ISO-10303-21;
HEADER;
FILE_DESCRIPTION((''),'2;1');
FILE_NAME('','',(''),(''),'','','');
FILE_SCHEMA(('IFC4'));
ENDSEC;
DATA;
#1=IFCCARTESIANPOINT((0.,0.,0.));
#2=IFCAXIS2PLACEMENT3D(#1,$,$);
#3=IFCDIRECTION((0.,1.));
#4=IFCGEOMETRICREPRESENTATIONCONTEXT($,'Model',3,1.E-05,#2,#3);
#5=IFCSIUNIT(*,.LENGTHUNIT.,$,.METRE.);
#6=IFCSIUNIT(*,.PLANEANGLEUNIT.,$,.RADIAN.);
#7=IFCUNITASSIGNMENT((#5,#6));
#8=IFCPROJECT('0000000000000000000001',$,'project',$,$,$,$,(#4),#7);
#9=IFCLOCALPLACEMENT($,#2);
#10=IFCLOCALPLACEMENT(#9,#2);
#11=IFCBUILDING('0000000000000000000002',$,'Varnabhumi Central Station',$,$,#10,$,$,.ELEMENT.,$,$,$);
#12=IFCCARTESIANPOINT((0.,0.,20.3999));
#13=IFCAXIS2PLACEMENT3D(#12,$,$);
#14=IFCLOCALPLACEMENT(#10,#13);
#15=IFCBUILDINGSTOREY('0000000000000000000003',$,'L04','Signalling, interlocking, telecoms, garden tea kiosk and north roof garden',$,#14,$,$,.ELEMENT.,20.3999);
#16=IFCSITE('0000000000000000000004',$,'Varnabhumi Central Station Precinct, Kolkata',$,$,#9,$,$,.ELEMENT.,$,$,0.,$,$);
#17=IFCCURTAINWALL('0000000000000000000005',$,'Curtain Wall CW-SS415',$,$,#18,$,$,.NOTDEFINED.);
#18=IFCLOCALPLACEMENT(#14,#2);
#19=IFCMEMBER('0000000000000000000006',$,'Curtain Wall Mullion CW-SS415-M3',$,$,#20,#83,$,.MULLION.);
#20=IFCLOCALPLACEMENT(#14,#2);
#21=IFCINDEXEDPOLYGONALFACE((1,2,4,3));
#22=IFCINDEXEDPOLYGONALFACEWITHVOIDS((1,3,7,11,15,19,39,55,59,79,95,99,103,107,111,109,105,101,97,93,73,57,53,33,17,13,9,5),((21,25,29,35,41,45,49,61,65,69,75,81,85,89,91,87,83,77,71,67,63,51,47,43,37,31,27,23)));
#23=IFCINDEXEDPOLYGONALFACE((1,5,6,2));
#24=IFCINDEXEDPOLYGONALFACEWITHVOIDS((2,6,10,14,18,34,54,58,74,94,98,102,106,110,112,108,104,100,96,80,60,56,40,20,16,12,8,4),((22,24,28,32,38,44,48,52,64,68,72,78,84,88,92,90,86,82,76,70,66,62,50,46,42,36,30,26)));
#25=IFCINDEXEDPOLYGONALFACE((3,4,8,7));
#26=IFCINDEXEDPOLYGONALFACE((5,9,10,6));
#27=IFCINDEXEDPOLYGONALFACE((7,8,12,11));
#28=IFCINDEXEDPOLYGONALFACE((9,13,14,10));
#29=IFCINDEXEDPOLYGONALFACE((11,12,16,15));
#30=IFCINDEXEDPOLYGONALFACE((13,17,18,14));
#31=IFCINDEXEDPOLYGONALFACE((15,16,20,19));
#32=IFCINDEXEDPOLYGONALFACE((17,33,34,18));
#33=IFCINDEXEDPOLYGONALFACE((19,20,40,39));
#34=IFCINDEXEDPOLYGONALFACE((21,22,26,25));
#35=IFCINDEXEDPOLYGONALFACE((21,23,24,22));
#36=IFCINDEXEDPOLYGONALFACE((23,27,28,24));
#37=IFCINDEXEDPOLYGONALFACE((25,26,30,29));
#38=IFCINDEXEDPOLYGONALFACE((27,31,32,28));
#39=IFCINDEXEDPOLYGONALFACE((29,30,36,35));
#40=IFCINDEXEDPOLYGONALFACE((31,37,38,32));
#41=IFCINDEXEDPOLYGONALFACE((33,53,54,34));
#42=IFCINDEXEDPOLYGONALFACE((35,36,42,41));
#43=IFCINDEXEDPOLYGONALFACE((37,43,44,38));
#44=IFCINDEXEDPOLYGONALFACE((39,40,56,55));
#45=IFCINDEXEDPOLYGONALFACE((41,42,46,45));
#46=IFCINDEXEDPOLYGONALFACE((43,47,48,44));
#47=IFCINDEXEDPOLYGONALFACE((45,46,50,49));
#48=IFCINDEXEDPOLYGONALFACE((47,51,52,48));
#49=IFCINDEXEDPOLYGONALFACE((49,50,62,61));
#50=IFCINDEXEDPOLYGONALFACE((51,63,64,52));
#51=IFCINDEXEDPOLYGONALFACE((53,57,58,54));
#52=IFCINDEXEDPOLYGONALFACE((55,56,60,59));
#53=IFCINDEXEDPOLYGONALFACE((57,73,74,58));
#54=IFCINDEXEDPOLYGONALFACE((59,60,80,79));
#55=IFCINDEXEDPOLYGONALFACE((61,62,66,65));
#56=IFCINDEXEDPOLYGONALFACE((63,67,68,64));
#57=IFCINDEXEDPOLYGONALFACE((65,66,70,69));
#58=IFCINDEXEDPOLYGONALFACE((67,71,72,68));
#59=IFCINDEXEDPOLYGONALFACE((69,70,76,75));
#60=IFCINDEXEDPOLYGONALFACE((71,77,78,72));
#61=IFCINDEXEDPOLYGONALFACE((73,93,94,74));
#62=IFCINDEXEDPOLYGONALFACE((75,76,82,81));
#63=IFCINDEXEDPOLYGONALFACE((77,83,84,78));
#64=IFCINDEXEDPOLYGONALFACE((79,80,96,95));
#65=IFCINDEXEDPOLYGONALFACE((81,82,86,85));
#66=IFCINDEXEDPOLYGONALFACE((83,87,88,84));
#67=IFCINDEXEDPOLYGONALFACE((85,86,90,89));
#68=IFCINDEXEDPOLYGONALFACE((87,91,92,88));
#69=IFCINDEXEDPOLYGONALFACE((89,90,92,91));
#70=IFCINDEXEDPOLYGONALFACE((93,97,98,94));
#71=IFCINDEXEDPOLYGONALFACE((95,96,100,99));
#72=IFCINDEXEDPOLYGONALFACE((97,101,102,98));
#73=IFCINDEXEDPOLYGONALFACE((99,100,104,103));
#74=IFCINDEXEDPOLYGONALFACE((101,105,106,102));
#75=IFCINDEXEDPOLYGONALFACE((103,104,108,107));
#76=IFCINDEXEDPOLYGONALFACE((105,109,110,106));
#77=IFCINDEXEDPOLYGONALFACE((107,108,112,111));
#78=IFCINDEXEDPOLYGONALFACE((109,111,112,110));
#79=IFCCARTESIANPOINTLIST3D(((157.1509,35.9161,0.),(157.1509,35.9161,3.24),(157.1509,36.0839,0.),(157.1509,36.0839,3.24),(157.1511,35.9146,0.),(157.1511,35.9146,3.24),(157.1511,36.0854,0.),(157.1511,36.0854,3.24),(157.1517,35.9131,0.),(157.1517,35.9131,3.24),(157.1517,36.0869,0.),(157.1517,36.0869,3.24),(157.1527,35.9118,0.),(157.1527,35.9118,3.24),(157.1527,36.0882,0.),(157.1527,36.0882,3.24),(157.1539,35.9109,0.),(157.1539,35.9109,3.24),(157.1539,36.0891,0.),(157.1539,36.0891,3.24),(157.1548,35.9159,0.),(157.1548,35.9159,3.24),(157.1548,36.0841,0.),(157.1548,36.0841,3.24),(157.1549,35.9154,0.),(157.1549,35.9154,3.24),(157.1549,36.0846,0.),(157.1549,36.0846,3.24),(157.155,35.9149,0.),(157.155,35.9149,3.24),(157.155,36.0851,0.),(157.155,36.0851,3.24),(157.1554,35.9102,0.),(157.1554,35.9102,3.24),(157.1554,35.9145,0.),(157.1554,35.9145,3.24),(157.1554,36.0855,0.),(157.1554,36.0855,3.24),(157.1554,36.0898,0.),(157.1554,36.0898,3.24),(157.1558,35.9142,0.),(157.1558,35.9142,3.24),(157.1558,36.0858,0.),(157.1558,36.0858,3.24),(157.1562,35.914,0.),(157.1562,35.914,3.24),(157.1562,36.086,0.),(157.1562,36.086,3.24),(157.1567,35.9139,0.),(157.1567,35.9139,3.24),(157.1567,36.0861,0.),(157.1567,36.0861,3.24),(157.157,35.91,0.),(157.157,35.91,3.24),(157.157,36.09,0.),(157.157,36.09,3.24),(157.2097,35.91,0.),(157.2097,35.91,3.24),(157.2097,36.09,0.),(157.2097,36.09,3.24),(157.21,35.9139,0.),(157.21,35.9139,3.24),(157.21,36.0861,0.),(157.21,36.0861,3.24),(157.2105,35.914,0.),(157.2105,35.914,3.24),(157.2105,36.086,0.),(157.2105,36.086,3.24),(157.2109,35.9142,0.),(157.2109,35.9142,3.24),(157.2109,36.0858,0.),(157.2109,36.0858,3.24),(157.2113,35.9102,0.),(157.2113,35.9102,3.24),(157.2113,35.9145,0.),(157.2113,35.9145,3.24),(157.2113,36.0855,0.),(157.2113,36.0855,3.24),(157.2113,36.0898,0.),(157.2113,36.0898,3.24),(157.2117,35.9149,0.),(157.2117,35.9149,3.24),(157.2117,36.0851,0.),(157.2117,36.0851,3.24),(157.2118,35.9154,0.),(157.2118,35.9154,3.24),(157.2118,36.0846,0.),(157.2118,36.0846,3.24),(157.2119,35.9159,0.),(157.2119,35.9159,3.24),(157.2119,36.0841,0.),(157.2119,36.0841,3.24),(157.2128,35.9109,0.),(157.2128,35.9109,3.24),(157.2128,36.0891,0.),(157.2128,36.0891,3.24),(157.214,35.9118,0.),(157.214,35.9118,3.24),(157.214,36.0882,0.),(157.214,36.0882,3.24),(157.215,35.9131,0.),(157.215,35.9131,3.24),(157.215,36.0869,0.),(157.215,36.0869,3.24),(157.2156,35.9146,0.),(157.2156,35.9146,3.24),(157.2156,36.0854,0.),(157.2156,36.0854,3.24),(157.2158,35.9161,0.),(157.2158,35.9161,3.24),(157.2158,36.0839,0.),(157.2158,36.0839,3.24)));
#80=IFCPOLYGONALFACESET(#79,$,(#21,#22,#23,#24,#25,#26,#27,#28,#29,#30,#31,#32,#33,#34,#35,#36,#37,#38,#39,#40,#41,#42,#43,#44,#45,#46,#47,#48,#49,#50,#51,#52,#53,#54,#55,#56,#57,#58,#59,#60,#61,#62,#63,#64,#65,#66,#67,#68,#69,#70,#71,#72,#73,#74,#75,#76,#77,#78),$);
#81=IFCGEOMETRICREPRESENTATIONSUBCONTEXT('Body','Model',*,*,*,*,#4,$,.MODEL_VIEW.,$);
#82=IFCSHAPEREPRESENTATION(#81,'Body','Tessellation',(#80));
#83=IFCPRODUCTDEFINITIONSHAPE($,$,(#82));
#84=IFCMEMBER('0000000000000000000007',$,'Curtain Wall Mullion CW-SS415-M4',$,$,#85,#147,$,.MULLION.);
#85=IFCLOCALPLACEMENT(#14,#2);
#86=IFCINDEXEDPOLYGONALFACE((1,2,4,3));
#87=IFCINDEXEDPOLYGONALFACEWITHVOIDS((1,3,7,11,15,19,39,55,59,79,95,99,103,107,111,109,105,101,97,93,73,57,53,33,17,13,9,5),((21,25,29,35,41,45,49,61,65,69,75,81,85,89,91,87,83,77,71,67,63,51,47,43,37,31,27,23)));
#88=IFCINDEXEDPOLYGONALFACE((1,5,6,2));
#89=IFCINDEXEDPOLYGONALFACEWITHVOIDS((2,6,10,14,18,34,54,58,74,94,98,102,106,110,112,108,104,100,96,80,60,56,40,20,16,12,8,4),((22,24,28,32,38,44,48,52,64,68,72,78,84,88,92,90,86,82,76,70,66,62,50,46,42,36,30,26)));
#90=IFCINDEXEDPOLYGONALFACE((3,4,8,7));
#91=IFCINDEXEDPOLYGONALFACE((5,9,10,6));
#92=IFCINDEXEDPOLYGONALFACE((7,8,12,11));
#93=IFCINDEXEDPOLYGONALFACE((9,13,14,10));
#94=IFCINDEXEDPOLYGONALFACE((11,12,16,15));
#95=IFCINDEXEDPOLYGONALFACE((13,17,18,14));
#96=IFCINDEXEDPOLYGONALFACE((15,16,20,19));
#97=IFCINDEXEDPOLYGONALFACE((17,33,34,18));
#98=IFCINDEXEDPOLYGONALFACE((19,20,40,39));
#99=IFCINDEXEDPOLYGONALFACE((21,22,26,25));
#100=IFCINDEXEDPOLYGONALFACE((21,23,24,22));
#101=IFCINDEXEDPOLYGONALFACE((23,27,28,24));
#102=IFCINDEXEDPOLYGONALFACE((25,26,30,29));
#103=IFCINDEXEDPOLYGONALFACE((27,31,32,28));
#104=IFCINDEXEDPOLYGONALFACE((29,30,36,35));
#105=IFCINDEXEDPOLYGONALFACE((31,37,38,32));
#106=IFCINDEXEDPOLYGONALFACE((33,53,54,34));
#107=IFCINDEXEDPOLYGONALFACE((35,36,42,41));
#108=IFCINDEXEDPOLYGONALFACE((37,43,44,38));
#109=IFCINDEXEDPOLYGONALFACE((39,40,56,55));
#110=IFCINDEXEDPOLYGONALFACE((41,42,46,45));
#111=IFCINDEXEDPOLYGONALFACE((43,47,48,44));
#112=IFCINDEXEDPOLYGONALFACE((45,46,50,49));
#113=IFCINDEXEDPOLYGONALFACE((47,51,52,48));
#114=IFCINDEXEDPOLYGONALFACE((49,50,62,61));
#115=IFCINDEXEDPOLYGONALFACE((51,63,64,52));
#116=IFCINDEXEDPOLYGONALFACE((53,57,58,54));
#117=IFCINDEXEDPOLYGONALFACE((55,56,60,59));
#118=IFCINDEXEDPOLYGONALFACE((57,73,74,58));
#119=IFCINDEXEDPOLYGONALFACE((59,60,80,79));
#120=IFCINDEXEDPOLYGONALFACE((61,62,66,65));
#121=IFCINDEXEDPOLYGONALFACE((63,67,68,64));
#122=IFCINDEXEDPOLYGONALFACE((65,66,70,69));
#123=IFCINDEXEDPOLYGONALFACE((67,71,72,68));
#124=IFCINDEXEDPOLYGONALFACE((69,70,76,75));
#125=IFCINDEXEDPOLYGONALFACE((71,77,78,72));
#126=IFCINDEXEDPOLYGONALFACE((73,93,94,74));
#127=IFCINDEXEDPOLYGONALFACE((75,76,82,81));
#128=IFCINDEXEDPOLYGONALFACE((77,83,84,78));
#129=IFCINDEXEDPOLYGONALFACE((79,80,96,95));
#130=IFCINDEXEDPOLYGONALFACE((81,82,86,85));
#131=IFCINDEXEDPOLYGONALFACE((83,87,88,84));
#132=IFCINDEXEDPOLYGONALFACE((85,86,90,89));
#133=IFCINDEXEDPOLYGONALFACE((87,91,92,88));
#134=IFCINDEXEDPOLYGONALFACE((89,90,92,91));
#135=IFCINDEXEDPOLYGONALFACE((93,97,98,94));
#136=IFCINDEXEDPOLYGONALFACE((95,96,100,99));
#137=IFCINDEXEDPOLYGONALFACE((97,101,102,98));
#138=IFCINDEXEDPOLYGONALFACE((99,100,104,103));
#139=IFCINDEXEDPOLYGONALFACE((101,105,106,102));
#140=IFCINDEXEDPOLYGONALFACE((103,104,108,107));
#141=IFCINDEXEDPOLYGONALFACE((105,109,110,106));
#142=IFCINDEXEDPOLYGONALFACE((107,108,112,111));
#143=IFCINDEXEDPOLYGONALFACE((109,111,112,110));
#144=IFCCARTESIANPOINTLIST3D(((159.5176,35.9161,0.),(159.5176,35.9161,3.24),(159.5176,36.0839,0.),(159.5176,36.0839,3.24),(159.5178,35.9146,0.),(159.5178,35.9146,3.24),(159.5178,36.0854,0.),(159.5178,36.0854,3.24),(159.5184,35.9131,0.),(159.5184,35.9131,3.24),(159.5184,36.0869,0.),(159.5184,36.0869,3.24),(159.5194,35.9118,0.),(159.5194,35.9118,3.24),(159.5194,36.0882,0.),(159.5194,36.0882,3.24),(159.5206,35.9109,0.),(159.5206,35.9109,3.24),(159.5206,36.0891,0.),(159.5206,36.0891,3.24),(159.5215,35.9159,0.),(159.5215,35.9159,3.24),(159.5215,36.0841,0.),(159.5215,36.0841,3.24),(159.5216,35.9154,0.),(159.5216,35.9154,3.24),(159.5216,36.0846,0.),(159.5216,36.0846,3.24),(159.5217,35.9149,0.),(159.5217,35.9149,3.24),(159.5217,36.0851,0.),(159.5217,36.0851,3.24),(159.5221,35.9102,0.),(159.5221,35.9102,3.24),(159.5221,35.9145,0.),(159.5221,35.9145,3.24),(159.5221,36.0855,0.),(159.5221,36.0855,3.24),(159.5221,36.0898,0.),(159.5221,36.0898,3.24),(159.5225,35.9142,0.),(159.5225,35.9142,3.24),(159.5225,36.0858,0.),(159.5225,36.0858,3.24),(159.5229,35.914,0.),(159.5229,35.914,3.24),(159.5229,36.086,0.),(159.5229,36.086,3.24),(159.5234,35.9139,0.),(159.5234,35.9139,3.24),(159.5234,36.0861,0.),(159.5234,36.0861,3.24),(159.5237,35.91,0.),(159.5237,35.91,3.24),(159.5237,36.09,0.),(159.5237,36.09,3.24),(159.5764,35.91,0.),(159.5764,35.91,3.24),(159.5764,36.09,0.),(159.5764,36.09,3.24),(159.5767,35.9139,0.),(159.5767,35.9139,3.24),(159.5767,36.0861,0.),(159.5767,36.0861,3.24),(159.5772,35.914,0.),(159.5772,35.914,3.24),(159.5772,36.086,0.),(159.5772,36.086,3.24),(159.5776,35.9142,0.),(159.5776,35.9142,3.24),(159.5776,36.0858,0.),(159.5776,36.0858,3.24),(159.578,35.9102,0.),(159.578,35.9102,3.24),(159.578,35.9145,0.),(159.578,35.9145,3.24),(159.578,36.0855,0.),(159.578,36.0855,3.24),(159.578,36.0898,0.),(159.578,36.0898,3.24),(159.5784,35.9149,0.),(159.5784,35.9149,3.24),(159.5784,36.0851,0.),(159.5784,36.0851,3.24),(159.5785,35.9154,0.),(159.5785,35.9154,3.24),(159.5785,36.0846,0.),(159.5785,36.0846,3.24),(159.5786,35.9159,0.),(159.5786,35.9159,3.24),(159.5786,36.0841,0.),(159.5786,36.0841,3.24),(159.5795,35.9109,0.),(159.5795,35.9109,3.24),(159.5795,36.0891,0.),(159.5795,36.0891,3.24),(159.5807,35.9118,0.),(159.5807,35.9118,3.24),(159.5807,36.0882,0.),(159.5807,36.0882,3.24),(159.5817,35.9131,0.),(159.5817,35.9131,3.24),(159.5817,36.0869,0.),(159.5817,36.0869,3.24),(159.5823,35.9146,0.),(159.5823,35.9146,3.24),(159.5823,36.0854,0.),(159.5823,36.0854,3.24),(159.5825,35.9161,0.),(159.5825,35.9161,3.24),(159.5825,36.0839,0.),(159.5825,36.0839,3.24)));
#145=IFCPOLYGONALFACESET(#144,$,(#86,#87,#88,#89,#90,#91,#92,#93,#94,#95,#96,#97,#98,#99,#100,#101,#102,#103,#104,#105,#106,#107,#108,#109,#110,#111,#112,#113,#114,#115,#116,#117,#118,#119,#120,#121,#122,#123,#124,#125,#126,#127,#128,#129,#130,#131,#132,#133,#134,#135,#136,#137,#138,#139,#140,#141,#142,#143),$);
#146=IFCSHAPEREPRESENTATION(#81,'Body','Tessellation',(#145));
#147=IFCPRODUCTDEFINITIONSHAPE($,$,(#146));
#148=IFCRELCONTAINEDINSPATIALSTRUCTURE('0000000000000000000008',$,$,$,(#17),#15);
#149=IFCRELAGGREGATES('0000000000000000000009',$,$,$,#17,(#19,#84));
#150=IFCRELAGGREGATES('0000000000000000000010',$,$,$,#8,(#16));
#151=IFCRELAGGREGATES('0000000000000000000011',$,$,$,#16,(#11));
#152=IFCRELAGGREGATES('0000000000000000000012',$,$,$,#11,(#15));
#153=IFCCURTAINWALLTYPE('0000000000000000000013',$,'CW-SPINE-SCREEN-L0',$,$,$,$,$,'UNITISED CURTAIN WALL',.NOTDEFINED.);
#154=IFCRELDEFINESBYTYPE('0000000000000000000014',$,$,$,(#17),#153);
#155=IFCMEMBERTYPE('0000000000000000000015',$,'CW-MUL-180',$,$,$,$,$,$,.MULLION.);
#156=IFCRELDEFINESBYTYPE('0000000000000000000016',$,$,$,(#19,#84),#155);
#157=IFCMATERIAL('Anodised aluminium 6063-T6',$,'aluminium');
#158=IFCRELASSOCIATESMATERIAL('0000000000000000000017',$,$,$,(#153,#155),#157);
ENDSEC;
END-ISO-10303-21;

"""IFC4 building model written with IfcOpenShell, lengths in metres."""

from ifc_helpers import new_model, si_unit, direction, frame, origin, origin_2d, place, context, subcontext, project, spatial, hollow_rectangle, extrude, material, material_profile, profile_set, type_object, element, aggregate, save


model = new_model("IFC4")

# Units and contexts
model_context = context("Model", 3, precision=1e-05, world=origin(), true_north=direction((0.0, 1.0)))
body_context = subcontext(model_context, "Body", "Model", "MODEL_VIEW")
ifc_project = project(units=[si_unit("LENGTHUNIT", "METRE"), si_unit("PLANEANGLEUNIT", "RADIAN")], contexts=[model_context])

# Site, building, storey
site_placement = place(None, origin())
site = spatial("IfcSite", under=ifc_project, at=site_placement, Name="Varnabhumi Central Station Precinct, Kolkata", CompositionType="ELEMENT", RefElevation=0.0)
building_placement = place(site_placement, origin())
building = spatial("IfcBuilding", under=site, at=building_placement, Name="Varnabhumi Central Station", CompositionType="ELEMENT")
storey_placement = place(building_placement, frame((0.0, 0.0, 20.3999)))
storey = spatial("IfcBuildingStorey", under=building, at=storey_placement, Name="L04", Description="Signalling, interlocking, telecoms, garden tea kiosk and north roof garden", CompositionType="ELEMENT", Elevation=20.3999)

# Curtain wall, members
ifc_material_1 = material(Name="Anodised aluminium 6063-T6", Category="aluminium")
curtain_wall_type = type_object("IfcCurtainWallType", Name="CW-SPINE-SCREEN-L0", ElementType="UNITISED CURTAIN WALL", PredefinedType="NOTDEFINED", material=ifc_material_1)
curtain_wall_placement = place(storey_placement, origin())
curtain_wall = element("IfcCurtainWall", 1, at=curtain_wall_placement, inside=storey, type_object=curtain_wall_type, Name="Curtain Wall CW-SS415", PredefinedType="NOTDEFINED")
ifc_material_profile_1 = material_profile(ifc_material_1, hollow_rectangle(XDim=0.0649, YDim=0.1799, WallThickness=0.0039, InnerFilletRadius=0.002, OuterFilletRadius=0.0061, at=origin_2d()), Name="Anodised aluminium 6063-T6", Category="aluminium")
ifc_profile_set_1 = profile_set([ifc_material_profile_1], Name="Anodised aluminium 6063-T6")
member_type_1 = type_object("IfcMemberType", Name="CW-MUL-180", PredefinedType="MULLION", material=ifc_profile_set_1)
member_1_placement = place(storey_placement, frame((157.1833, 36.0, 0.0), z_axis=(0.0, 0.0, 1.0), x_axis=(1.0, 0.0, 0.0)))
member_1 = element("IfcMember", 2, at=member_1_placement, type_object=member_type_1, Name="Curtain Wall Mullion CW-SS415-M3", PredefinedType="MULLION", context=body_context, shape_type="SweptSolid", body=[
    extrude(hollow_rectangle(XDim=0.0649, YDim=0.1799, WallThickness=0.0039, InnerFilletRadius=0.002, OuterFilletRadius=0.0061, at=origin_2d()), origin(), (0.0, 0.0, 1.0), 3.24),
])
member_2_placement = place(storey_placement, frame((159.55, 36.0, 0.0), z_axis=(0.0, 0.0, 1.0), x_axis=(1.0, 0.0, 0.0)))
member_2 = element("IfcMember", 3, at=member_2_placement, type_object=member_type_1, Name="Curtain Wall Mullion CW-SS415-M4", PredefinedType="MULLION", context=body_context, shape_type="SweptSolid", body=[
    extrude(hollow_rectangle(XDim=0.0649, YDim=0.1799, WallThickness=0.0039, InnerFilletRadius=0.002, OuterFilletRadius=0.0061, at=origin_2d()), origin(), (0.0, 0.0, 1.0), 3.24),
])
aggregate(curtain_wall, [member_1, member_2])

save(model, "model.ifc")
